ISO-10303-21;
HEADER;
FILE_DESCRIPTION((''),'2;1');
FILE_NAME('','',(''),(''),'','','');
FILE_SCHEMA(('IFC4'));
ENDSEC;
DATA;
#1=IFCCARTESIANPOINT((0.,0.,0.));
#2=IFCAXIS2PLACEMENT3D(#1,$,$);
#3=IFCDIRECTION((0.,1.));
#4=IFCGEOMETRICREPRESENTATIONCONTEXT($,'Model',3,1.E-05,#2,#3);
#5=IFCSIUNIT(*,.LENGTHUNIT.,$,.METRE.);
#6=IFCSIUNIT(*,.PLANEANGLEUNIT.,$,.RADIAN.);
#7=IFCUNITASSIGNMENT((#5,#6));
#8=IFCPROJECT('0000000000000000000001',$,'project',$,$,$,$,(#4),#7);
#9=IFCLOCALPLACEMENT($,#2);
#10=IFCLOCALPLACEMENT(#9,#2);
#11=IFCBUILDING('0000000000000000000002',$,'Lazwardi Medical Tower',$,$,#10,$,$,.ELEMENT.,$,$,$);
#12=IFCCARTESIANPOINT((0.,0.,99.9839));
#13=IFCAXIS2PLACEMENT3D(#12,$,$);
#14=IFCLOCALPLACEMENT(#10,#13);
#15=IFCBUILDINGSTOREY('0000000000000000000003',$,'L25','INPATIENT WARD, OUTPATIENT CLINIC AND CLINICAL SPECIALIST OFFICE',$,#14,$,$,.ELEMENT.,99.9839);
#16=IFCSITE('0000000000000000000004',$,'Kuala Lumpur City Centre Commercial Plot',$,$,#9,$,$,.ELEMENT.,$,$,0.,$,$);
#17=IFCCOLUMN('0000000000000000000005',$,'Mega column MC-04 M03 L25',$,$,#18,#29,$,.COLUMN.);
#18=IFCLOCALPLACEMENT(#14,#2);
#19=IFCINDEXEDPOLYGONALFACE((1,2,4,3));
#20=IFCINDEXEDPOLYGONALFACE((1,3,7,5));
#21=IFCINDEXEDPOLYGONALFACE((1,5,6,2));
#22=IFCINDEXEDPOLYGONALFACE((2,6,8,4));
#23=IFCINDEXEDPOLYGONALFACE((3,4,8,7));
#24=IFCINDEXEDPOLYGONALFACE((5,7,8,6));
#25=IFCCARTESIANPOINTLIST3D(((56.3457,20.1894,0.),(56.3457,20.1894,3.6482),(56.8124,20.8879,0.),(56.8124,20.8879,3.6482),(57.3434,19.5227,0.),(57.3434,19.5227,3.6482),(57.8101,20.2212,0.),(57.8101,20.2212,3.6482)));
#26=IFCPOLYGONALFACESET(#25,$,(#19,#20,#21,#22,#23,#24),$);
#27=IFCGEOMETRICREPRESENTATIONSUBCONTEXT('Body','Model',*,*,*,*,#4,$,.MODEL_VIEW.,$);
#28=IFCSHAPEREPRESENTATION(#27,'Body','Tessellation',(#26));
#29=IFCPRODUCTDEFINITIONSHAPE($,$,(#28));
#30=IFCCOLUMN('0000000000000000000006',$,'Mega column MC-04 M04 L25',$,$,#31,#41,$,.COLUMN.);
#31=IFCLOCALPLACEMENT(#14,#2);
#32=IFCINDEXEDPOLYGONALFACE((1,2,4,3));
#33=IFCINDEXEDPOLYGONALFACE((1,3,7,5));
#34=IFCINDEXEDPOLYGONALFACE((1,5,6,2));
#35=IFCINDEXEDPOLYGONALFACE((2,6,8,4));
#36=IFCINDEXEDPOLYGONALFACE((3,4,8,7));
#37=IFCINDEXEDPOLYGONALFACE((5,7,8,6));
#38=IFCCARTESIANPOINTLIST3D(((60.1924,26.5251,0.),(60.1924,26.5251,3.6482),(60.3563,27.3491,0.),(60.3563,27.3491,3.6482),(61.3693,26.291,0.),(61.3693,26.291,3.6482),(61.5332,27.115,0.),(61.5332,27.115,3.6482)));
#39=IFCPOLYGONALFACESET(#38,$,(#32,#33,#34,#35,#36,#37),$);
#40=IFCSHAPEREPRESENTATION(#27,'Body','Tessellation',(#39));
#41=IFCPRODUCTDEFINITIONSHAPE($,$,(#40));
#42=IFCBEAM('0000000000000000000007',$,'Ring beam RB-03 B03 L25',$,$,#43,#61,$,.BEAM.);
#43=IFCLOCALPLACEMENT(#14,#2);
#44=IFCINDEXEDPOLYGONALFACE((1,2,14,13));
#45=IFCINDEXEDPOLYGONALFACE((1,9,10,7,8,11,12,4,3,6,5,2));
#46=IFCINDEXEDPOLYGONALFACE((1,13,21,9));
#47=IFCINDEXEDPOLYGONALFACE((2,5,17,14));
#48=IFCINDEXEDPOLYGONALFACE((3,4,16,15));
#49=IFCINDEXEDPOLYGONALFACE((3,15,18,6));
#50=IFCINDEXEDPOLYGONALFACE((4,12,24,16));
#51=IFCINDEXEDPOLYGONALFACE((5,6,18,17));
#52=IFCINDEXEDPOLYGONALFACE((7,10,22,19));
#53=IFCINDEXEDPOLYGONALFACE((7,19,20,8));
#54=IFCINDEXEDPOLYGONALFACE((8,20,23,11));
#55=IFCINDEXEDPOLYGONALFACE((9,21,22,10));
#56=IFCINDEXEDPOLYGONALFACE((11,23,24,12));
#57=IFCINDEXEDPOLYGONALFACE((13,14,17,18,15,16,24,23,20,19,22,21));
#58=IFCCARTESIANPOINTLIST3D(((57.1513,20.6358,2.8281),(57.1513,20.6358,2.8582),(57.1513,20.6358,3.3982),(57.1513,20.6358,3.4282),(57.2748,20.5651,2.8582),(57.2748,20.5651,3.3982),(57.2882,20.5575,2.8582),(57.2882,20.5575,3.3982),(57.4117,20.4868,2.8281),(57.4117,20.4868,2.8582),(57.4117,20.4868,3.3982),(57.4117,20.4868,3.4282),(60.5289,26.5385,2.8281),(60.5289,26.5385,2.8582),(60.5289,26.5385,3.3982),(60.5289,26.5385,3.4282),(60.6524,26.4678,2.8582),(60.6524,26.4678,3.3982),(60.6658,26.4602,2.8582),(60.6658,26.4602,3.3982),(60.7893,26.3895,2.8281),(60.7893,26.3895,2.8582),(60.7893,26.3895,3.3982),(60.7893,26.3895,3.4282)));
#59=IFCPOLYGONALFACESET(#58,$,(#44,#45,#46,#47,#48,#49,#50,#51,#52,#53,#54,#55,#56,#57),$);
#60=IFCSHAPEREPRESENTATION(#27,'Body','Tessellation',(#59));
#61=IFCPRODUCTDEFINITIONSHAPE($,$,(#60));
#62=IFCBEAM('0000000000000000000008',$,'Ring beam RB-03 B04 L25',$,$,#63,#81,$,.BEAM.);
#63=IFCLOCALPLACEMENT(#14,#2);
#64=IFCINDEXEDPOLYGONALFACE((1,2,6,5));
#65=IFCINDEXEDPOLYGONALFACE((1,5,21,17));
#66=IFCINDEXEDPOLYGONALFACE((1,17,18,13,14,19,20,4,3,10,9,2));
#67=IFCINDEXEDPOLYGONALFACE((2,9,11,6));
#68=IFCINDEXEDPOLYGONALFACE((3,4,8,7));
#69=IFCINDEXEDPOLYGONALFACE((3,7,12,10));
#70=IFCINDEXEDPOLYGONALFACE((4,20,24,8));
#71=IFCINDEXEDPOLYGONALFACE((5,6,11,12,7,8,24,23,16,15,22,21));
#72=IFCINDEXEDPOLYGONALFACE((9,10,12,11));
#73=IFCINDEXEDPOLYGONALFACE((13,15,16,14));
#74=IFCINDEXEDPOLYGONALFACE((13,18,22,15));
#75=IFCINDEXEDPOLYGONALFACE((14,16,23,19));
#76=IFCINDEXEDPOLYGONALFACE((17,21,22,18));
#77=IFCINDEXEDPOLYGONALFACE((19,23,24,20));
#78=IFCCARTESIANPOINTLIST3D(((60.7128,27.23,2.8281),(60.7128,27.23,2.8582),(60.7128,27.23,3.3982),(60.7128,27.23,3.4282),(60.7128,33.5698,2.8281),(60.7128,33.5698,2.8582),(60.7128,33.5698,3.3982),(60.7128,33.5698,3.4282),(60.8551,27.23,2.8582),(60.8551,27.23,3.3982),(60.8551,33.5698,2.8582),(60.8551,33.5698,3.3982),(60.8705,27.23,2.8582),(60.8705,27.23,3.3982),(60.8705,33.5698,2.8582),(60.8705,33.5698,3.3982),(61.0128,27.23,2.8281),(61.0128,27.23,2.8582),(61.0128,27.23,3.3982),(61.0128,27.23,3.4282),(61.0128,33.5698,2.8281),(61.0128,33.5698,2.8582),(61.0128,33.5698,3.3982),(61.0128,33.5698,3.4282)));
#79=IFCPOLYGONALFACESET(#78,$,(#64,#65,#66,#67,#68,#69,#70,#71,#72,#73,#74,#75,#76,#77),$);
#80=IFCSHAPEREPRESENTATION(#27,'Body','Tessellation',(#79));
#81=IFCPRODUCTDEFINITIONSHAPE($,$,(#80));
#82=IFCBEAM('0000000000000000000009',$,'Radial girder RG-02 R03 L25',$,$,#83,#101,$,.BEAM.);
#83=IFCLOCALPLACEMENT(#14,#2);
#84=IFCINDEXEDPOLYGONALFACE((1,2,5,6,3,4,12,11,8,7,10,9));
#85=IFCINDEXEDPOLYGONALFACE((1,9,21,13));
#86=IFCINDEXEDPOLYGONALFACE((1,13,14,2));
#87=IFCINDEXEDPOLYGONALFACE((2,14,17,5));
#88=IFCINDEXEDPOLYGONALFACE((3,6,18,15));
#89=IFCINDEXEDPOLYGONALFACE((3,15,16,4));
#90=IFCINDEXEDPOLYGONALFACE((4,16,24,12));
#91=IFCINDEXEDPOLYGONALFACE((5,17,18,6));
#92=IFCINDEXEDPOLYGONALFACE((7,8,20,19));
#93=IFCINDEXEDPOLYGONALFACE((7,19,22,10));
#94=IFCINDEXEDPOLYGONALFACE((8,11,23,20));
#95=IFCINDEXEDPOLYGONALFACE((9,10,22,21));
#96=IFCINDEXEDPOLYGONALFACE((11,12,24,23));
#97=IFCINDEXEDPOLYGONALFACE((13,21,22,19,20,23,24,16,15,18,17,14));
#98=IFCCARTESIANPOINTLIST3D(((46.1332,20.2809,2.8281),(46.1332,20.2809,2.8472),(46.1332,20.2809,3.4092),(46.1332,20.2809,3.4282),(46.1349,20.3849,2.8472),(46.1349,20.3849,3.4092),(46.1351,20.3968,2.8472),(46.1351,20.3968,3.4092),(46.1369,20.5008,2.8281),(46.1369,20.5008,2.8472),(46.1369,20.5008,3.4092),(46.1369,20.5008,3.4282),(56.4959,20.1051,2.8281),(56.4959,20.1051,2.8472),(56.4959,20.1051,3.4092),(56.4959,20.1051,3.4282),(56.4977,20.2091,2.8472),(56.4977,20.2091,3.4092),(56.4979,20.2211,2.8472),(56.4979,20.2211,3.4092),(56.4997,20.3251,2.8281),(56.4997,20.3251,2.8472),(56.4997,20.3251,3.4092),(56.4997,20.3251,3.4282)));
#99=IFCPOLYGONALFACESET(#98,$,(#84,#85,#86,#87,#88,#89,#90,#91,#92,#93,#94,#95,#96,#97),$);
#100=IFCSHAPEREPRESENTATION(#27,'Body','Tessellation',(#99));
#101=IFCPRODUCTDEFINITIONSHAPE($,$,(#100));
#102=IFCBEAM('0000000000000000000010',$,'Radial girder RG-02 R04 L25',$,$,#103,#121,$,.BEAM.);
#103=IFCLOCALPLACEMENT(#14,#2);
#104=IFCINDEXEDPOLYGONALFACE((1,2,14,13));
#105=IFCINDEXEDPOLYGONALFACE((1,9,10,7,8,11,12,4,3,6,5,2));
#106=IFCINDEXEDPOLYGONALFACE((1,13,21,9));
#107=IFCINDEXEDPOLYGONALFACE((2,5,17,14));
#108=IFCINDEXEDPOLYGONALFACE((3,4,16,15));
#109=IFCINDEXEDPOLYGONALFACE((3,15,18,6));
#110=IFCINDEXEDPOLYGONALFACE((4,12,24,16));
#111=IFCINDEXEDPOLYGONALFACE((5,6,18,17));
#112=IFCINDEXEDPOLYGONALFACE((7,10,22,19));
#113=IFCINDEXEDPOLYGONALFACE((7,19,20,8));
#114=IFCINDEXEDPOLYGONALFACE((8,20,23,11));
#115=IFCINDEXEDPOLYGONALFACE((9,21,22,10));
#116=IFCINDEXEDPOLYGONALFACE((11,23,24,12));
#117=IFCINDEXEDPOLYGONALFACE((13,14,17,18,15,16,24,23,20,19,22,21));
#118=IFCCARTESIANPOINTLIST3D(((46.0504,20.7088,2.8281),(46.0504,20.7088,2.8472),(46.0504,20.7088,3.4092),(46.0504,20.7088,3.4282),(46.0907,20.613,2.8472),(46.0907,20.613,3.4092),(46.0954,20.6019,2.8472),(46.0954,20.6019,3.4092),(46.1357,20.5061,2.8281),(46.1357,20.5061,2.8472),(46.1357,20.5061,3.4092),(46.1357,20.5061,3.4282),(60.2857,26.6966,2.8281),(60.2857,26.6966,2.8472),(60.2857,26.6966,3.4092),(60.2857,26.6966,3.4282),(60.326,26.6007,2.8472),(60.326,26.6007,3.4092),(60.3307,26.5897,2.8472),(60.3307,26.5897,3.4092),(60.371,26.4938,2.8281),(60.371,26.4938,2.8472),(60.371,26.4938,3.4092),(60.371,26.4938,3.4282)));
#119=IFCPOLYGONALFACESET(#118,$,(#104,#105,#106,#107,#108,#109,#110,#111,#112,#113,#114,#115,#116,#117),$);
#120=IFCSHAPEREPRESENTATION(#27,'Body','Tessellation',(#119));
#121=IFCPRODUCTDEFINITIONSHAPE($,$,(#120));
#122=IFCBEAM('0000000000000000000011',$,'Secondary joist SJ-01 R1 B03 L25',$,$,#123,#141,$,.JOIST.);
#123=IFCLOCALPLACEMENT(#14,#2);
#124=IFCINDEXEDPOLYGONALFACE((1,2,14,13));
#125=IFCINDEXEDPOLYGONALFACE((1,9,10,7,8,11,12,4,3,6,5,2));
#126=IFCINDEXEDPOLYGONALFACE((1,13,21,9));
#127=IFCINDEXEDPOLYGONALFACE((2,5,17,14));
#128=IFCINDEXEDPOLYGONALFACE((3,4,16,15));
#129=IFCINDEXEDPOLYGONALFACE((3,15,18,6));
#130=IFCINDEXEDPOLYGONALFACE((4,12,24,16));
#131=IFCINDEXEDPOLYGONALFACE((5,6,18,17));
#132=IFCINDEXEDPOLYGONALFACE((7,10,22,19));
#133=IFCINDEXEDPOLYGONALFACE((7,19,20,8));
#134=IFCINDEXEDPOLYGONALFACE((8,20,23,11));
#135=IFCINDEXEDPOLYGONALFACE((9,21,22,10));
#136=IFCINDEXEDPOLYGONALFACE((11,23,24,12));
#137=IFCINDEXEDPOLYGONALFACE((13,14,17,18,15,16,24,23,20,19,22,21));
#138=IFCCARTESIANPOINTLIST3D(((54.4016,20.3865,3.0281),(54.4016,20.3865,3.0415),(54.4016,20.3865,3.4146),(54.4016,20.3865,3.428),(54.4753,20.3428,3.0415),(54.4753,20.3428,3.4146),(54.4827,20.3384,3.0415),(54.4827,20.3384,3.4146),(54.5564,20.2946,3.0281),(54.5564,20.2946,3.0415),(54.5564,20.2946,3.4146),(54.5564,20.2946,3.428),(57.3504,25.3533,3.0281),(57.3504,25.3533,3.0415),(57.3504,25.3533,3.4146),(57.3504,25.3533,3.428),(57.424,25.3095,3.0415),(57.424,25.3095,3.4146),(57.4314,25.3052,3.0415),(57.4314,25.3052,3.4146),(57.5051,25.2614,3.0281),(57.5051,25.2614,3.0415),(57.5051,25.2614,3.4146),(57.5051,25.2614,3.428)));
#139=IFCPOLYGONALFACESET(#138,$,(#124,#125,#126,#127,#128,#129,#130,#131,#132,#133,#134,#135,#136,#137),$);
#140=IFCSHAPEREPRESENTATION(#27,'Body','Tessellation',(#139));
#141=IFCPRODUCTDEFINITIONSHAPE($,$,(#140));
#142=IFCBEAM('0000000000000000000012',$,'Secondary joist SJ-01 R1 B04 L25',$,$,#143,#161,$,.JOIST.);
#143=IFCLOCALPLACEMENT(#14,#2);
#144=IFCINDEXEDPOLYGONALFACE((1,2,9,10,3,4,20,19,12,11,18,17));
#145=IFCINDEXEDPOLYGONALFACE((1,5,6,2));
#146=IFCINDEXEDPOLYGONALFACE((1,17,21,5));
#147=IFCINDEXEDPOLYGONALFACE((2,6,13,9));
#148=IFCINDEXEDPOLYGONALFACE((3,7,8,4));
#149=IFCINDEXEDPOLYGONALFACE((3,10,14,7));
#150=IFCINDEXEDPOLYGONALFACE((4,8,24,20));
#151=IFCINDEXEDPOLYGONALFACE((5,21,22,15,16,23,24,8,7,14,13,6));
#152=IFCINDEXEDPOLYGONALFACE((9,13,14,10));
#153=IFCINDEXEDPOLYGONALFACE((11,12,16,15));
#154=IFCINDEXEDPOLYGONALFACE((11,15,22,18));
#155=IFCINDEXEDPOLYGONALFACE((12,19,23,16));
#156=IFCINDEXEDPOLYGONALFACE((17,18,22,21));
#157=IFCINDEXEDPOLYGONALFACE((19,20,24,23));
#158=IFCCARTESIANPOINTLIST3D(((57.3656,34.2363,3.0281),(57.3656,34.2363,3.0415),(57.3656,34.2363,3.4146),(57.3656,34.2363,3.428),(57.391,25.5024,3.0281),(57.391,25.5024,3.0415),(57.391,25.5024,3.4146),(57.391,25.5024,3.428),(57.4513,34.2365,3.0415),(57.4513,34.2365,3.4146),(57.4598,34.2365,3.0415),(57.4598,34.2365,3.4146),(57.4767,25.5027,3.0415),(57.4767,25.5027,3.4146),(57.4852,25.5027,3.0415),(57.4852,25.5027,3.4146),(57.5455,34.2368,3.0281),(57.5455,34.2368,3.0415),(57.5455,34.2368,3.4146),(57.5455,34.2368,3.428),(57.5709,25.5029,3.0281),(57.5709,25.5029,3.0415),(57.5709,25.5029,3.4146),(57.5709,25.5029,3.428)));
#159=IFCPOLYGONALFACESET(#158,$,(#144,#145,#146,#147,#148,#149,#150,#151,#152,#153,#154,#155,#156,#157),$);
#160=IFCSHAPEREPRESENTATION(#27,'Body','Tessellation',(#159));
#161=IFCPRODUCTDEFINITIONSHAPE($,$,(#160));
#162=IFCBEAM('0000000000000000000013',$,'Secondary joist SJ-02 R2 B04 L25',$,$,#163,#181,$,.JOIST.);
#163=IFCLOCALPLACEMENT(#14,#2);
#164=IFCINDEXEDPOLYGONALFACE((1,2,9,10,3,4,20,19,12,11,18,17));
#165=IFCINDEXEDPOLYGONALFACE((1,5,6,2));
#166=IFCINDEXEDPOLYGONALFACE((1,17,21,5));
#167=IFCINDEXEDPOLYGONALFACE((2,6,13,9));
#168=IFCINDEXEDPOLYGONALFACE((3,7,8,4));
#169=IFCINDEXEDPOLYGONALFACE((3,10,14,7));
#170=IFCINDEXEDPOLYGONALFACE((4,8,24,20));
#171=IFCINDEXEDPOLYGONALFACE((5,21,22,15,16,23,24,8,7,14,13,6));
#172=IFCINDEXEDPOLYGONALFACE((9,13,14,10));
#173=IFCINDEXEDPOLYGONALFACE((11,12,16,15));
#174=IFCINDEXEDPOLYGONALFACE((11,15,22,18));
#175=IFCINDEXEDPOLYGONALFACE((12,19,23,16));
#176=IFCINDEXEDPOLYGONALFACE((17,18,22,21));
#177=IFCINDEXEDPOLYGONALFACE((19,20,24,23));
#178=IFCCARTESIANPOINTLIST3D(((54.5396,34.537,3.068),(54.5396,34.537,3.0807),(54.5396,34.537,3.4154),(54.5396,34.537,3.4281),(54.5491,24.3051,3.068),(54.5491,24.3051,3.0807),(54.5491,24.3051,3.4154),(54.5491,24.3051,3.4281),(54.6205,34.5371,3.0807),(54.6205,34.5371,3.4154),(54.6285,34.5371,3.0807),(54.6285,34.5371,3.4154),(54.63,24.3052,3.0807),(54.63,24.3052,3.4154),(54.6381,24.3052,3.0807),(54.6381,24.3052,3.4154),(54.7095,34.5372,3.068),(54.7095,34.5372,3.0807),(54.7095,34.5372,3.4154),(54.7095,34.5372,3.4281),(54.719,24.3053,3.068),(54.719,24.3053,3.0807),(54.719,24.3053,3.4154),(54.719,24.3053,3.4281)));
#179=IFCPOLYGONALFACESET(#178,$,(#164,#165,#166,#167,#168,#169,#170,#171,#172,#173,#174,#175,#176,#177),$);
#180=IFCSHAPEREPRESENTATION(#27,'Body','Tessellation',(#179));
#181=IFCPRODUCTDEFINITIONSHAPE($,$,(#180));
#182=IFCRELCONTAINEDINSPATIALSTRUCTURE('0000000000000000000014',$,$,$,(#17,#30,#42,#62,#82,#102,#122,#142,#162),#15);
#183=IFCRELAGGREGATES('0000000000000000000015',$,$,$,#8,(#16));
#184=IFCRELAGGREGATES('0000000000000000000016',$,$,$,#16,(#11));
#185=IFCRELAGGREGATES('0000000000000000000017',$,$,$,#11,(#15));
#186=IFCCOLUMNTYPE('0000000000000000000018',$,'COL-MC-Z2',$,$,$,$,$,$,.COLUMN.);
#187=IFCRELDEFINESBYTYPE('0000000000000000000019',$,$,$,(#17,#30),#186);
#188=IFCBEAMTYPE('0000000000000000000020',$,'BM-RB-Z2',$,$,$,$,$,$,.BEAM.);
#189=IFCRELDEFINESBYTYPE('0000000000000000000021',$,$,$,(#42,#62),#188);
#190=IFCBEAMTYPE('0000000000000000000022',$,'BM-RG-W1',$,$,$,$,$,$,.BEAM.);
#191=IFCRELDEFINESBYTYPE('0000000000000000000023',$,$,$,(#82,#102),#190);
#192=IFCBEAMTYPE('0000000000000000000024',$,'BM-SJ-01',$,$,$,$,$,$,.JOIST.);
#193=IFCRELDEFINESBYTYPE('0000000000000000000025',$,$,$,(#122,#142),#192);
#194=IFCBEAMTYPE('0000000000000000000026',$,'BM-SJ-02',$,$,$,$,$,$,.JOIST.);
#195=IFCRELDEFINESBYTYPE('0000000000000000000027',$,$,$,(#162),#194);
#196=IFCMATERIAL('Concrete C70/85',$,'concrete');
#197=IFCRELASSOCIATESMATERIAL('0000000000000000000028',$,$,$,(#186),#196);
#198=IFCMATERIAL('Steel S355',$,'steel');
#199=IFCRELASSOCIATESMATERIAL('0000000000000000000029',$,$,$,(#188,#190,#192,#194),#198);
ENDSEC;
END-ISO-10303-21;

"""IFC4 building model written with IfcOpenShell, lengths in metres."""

from ifc_helpers import new_model, si_unit, direction, frame, origin, origin_2d, place, context, subcontext, project, spatial, rectangle, i_section, extrude, material, material_profile, profile_set, type_object, element, save


model = new_model("IFC4")

# Units and contexts
model_context = context("Model", 3, precision=1e-05, world=origin(), true_north=direction((0.0, 1.0)))
body_context = subcontext(model_context, "Body", "Model", "MODEL_VIEW")
ifc_project = project(units=[si_unit("LENGTHUNIT", "METRE"), si_unit("PLANEANGLEUNIT", "RADIAN")], contexts=[model_context])

# Site, building, storey
site_placement = place(None, origin())
site = spatial("IfcSite", under=ifc_project, at=site_placement, Name="Kuala Lumpur City Centre Commercial Plot", CompositionType="ELEMENT", RefElevation=0.0)
building_placement = place(site_placement, origin())
building = spatial("IfcBuilding", under=site, at=building_placement, Name="Lazwardi Medical Tower", CompositionType="ELEMENT")
storey_placement = place(building_placement, frame((0.0, 0.0, 99.9839)))
storey = spatial("IfcBuildingStorey", under=building, at=storey_placement, Name="L25", Description="INPATIENT WARD, OUTPATIENT CLINIC AND CLINICAL SPECIALIST OFFICE", CompositionType="ELEMENT", Elevation=99.9839)

# Columns
ifc_material_1 = material(Name="Concrete C70/85", Category="concrete")
ifc_material_profile_1 = material_profile(ifc_material_1, rectangle(XDim=1.2, YDim=0.8401, at=origin_2d()), Name="CFT-RECT 1200x840")
ifc_profile_set_1 = profile_set([ifc_material_profile_1], Name="Concrete C70/85")
column_type = type_object("IfcColumnType", Name="COL-MC-Z2", PredefinedType="COLUMN", material=ifc_profile_set_1)
for number, where, z_axis, x_axis, name in (
    (1, (57.0779, 20.2053, 0.0), (0.0, 0.0, 1.0), (0.83147, -0.55557, 0.0), "Mega column MC-04 M03 L25"),
    (2, (60.8628, 26.8201, 0.0), (0.0, 0.0, 1.0), (0.980785, -0.19509, 0.0), "Mega column MC-04 M04 L25"),
):
    element("IfcColumn", number, at=place(storey_placement, frame(where, z_axis=z_axis, x_axis=x_axis)), inside=storey, type_object=column_type, Name=name, PredefinedType="COLUMN", context=body_context, shape_type="SweptSolid", body=[
        extrude(rectangle(XDim=1.2, YDim=0.8401, at=origin_2d()), origin(), (0.0, 0.0, 1.0), 3.6482),
    ])

# Beams
ifc_material_2 = material(Name="Steel S355", Category="steel")
ifc_material_profile_2 = material_profile(ifc_material_2, i_section(OverallWidth=0.3, OverallDepth=0.6001, WebThickness=0.0154, FlangeThickness=0.03, at=origin_2d()), Name="HEB 600")
ifc_profile_set_2 = profile_set([ifc_material_profile_2], Name="Steel S355")
beam_type_1 = type_object("IfcBeamType", Name="BM-RB-Z2", PredefinedType="BEAM", material=ifc_profile_set_2)
beam_1_placement = place(storey_placement, frame((57.2815, 20.5613, 3.1282), z_axis=(0.496653, 0.867949, 0.0), x_axis=(-0.867949, 0.496653, 0.0)))
element("IfcBeam", 3, at=beam_1_placement, inside=storey, type_object=beam_type_1, Name="Ring beam RB-03 B03 L25", PredefinedType="BEAM", context=body_context, shape_type="SweptSolid", body=[
    extrude(i_section(OverallWidth=0.3, OverallDepth=0.6001, WebThickness=0.0154, FlangeThickness=0.03, at=origin_2d()), origin(), (0.0, 0.0, 1.0), 6.8008),
])
beam_2_placement = place(storey_placement, frame((60.8628, 27.23, 3.1282), z_axis=(0.0, 1.0, 0.0), x_axis=(-1.0, 0.0, 0.0)))
element("IfcBeam", 4, at=beam_2_placement, inside=storey, type_object=beam_type_1, Name="Ring beam RB-03 B04 L25", PredefinedType="BEAM", context=body_context, shape_type="SweptSolid", body=[
    extrude(i_section(OverallWidth=0.3, OverallDepth=0.6001, WebThickness=0.0154, FlangeThickness=0.03, at=origin_2d()), origin(), (0.0, 0.0, 1.0), 6.3398),
])
ifc_material_profile_3 = material_profile(ifc_material_2, i_section(OverallWidth=0.22, OverallDepth=0.6001, WebThickness=0.012, FlangeThickness=0.019, at=origin_2d()), Name="IPE 600")
ifc_profile_set_3 = profile_set([ifc_material_profile_3], Name="Steel S355")
beam_type_2 = type_object("IfcBeamType", Name="BM-RG-W1", PredefinedType="BEAM", material=ifc_profile_set_3)
beam_3_placement = place(storey_placement, frame((56.4978, 20.2151, 3.1282), z_axis=(-0.999856, 0.01696, 0.0), x_axis=(-0.01696, -0.999856, 0.0)))
element("IfcBeam", 5, at=beam_3_placement, inside=storey, type_object=beam_type_2, Name="Radial girder RG-02 R03 L25", PredefinedType="BEAM", context=body_context, shape_type="SweptSolid", body=[
    extrude(i_section(OverallWidth=0.22, OverallDepth=0.6001, WebThickness=0.012, FlangeThickness=0.019, at=origin_2d()), origin(), (0.0, 0.0, 1.0), 10.3643),
])
beam_4_placement = place(storey_placement, frame((60.3284, 26.5952, 3.1282), z_axis=(-0.921775, -0.387725, 0.0), x_axis=(0.387725, -0.921775, 0.0)))
element("IfcBeam", 6, at=beam_4_placement, inside=storey, type_object=beam_type_2, Name="Radial girder RG-02 R04 L25", PredefinedType="BEAM", context=body_context, shape_type="SweptSolid", body=[
    extrude(i_section(OverallWidth=0.22, OverallDepth=0.6001, WebThickness=0.012, FlangeThickness=0.019, at=origin_2d()), origin(), (0.0, 0.0, 1.0), 15.4434),
])
ifc_material_profile_4 = material_profile(ifc_material_2, i_section(OverallWidth=0.1799, OverallDepth=0.3999, WebThickness=0.0085, FlangeThickness=0.0134, at=origin_2d()), Name="IPE 400")
ifc_profile_set_4 = profile_set([ifc_material_profile_4], Name="Steel S355")
beam_type_3 = type_object("IfcBeamType", Name="BM-SJ-01", PredefinedType="JOIST", material=ifc_profile_set_4)
beam_5_placement = place(storey_placement, frame((54.479, 20.3406, 3.228), z_axis=(0.5105, 0.859878, 0.0), x_axis=(-0.859878, 0.5105, 0.0)))
element("IfcBeam", 7, at=beam_5_placement, inside=storey, type_object=beam_type_3, Name="Secondary joist SJ-01 R1 B03 L25", PredefinedType="JOIST", context=body_context, shape_type="SweptSolid", body=[
    extrude(i_section(OverallWidth=0.1799, OverallDepth=0.3999, WebThickness=0.0085, FlangeThickness=0.0134, at=origin_2d()), origin(), (0.0, 0.0, 1.0), 5.7761),
])
beam_6_placement = place(storey_placement, frame((57.481, 25.5027, 3.228), z_axis=(-0.002907, 0.999996, 0.0), x_axis=(-0.999996, -0.002907, 0.0)))
element("IfcBeam", 8, at=beam_6_placement, inside=storey, type_object=beam_type_3, Name="Secondary joist SJ-01 R1 B04 L25", PredefinedType="JOIST", context=body_context, shape_type="SweptSolid", body=[
    extrude(i_section(OverallWidth=0.1799, OverallDepth=0.3999, WebThickness=0.0085, FlangeThickness=0.0134, at=origin_2d()), origin(), (0.0, 0.0, 1.0), 8.7339),
])
ifc_material_profile_5 = material_profile(ifc_material_2, i_section(OverallWidth=0.1699, OverallDepth=0.3601, WebThickness=0.0081, FlangeThickness=0.0127, at=origin_2d()), Name="IPE 360")
ifc_profile_set_5 = profile_set([ifc_material_profile_5], Name="Steel S355")
beam_type_4 = type_object("IfcBeamType", Name="BM-SJ-02", PredefinedType="JOIST", material=ifc_profile_set_5)
beam_7_placement = place(storey_placement, frame((54.634, 24.3052, 3.248), z_axis=(-0.000931, 1.0, 0.0), x_axis=(-1.0, -0.000931, 0.0)))
element("IfcBeam", 9, at=beam_7_placement, inside=storey, type_object=beam_type_4, Name="Secondary joist SJ-02 R2 B04 L25", PredefinedType="JOIST", context=body_context, shape_type="SweptSolid", body=[
    extrude(i_section(OverallWidth=0.1699, OverallDepth=0.3601, WebThickness=0.0081, FlangeThickness=0.0127, at=origin_2d()), origin(), (0.0, 0.0, 1.0), 10.2319),
])

save(model, "model.ifc")
